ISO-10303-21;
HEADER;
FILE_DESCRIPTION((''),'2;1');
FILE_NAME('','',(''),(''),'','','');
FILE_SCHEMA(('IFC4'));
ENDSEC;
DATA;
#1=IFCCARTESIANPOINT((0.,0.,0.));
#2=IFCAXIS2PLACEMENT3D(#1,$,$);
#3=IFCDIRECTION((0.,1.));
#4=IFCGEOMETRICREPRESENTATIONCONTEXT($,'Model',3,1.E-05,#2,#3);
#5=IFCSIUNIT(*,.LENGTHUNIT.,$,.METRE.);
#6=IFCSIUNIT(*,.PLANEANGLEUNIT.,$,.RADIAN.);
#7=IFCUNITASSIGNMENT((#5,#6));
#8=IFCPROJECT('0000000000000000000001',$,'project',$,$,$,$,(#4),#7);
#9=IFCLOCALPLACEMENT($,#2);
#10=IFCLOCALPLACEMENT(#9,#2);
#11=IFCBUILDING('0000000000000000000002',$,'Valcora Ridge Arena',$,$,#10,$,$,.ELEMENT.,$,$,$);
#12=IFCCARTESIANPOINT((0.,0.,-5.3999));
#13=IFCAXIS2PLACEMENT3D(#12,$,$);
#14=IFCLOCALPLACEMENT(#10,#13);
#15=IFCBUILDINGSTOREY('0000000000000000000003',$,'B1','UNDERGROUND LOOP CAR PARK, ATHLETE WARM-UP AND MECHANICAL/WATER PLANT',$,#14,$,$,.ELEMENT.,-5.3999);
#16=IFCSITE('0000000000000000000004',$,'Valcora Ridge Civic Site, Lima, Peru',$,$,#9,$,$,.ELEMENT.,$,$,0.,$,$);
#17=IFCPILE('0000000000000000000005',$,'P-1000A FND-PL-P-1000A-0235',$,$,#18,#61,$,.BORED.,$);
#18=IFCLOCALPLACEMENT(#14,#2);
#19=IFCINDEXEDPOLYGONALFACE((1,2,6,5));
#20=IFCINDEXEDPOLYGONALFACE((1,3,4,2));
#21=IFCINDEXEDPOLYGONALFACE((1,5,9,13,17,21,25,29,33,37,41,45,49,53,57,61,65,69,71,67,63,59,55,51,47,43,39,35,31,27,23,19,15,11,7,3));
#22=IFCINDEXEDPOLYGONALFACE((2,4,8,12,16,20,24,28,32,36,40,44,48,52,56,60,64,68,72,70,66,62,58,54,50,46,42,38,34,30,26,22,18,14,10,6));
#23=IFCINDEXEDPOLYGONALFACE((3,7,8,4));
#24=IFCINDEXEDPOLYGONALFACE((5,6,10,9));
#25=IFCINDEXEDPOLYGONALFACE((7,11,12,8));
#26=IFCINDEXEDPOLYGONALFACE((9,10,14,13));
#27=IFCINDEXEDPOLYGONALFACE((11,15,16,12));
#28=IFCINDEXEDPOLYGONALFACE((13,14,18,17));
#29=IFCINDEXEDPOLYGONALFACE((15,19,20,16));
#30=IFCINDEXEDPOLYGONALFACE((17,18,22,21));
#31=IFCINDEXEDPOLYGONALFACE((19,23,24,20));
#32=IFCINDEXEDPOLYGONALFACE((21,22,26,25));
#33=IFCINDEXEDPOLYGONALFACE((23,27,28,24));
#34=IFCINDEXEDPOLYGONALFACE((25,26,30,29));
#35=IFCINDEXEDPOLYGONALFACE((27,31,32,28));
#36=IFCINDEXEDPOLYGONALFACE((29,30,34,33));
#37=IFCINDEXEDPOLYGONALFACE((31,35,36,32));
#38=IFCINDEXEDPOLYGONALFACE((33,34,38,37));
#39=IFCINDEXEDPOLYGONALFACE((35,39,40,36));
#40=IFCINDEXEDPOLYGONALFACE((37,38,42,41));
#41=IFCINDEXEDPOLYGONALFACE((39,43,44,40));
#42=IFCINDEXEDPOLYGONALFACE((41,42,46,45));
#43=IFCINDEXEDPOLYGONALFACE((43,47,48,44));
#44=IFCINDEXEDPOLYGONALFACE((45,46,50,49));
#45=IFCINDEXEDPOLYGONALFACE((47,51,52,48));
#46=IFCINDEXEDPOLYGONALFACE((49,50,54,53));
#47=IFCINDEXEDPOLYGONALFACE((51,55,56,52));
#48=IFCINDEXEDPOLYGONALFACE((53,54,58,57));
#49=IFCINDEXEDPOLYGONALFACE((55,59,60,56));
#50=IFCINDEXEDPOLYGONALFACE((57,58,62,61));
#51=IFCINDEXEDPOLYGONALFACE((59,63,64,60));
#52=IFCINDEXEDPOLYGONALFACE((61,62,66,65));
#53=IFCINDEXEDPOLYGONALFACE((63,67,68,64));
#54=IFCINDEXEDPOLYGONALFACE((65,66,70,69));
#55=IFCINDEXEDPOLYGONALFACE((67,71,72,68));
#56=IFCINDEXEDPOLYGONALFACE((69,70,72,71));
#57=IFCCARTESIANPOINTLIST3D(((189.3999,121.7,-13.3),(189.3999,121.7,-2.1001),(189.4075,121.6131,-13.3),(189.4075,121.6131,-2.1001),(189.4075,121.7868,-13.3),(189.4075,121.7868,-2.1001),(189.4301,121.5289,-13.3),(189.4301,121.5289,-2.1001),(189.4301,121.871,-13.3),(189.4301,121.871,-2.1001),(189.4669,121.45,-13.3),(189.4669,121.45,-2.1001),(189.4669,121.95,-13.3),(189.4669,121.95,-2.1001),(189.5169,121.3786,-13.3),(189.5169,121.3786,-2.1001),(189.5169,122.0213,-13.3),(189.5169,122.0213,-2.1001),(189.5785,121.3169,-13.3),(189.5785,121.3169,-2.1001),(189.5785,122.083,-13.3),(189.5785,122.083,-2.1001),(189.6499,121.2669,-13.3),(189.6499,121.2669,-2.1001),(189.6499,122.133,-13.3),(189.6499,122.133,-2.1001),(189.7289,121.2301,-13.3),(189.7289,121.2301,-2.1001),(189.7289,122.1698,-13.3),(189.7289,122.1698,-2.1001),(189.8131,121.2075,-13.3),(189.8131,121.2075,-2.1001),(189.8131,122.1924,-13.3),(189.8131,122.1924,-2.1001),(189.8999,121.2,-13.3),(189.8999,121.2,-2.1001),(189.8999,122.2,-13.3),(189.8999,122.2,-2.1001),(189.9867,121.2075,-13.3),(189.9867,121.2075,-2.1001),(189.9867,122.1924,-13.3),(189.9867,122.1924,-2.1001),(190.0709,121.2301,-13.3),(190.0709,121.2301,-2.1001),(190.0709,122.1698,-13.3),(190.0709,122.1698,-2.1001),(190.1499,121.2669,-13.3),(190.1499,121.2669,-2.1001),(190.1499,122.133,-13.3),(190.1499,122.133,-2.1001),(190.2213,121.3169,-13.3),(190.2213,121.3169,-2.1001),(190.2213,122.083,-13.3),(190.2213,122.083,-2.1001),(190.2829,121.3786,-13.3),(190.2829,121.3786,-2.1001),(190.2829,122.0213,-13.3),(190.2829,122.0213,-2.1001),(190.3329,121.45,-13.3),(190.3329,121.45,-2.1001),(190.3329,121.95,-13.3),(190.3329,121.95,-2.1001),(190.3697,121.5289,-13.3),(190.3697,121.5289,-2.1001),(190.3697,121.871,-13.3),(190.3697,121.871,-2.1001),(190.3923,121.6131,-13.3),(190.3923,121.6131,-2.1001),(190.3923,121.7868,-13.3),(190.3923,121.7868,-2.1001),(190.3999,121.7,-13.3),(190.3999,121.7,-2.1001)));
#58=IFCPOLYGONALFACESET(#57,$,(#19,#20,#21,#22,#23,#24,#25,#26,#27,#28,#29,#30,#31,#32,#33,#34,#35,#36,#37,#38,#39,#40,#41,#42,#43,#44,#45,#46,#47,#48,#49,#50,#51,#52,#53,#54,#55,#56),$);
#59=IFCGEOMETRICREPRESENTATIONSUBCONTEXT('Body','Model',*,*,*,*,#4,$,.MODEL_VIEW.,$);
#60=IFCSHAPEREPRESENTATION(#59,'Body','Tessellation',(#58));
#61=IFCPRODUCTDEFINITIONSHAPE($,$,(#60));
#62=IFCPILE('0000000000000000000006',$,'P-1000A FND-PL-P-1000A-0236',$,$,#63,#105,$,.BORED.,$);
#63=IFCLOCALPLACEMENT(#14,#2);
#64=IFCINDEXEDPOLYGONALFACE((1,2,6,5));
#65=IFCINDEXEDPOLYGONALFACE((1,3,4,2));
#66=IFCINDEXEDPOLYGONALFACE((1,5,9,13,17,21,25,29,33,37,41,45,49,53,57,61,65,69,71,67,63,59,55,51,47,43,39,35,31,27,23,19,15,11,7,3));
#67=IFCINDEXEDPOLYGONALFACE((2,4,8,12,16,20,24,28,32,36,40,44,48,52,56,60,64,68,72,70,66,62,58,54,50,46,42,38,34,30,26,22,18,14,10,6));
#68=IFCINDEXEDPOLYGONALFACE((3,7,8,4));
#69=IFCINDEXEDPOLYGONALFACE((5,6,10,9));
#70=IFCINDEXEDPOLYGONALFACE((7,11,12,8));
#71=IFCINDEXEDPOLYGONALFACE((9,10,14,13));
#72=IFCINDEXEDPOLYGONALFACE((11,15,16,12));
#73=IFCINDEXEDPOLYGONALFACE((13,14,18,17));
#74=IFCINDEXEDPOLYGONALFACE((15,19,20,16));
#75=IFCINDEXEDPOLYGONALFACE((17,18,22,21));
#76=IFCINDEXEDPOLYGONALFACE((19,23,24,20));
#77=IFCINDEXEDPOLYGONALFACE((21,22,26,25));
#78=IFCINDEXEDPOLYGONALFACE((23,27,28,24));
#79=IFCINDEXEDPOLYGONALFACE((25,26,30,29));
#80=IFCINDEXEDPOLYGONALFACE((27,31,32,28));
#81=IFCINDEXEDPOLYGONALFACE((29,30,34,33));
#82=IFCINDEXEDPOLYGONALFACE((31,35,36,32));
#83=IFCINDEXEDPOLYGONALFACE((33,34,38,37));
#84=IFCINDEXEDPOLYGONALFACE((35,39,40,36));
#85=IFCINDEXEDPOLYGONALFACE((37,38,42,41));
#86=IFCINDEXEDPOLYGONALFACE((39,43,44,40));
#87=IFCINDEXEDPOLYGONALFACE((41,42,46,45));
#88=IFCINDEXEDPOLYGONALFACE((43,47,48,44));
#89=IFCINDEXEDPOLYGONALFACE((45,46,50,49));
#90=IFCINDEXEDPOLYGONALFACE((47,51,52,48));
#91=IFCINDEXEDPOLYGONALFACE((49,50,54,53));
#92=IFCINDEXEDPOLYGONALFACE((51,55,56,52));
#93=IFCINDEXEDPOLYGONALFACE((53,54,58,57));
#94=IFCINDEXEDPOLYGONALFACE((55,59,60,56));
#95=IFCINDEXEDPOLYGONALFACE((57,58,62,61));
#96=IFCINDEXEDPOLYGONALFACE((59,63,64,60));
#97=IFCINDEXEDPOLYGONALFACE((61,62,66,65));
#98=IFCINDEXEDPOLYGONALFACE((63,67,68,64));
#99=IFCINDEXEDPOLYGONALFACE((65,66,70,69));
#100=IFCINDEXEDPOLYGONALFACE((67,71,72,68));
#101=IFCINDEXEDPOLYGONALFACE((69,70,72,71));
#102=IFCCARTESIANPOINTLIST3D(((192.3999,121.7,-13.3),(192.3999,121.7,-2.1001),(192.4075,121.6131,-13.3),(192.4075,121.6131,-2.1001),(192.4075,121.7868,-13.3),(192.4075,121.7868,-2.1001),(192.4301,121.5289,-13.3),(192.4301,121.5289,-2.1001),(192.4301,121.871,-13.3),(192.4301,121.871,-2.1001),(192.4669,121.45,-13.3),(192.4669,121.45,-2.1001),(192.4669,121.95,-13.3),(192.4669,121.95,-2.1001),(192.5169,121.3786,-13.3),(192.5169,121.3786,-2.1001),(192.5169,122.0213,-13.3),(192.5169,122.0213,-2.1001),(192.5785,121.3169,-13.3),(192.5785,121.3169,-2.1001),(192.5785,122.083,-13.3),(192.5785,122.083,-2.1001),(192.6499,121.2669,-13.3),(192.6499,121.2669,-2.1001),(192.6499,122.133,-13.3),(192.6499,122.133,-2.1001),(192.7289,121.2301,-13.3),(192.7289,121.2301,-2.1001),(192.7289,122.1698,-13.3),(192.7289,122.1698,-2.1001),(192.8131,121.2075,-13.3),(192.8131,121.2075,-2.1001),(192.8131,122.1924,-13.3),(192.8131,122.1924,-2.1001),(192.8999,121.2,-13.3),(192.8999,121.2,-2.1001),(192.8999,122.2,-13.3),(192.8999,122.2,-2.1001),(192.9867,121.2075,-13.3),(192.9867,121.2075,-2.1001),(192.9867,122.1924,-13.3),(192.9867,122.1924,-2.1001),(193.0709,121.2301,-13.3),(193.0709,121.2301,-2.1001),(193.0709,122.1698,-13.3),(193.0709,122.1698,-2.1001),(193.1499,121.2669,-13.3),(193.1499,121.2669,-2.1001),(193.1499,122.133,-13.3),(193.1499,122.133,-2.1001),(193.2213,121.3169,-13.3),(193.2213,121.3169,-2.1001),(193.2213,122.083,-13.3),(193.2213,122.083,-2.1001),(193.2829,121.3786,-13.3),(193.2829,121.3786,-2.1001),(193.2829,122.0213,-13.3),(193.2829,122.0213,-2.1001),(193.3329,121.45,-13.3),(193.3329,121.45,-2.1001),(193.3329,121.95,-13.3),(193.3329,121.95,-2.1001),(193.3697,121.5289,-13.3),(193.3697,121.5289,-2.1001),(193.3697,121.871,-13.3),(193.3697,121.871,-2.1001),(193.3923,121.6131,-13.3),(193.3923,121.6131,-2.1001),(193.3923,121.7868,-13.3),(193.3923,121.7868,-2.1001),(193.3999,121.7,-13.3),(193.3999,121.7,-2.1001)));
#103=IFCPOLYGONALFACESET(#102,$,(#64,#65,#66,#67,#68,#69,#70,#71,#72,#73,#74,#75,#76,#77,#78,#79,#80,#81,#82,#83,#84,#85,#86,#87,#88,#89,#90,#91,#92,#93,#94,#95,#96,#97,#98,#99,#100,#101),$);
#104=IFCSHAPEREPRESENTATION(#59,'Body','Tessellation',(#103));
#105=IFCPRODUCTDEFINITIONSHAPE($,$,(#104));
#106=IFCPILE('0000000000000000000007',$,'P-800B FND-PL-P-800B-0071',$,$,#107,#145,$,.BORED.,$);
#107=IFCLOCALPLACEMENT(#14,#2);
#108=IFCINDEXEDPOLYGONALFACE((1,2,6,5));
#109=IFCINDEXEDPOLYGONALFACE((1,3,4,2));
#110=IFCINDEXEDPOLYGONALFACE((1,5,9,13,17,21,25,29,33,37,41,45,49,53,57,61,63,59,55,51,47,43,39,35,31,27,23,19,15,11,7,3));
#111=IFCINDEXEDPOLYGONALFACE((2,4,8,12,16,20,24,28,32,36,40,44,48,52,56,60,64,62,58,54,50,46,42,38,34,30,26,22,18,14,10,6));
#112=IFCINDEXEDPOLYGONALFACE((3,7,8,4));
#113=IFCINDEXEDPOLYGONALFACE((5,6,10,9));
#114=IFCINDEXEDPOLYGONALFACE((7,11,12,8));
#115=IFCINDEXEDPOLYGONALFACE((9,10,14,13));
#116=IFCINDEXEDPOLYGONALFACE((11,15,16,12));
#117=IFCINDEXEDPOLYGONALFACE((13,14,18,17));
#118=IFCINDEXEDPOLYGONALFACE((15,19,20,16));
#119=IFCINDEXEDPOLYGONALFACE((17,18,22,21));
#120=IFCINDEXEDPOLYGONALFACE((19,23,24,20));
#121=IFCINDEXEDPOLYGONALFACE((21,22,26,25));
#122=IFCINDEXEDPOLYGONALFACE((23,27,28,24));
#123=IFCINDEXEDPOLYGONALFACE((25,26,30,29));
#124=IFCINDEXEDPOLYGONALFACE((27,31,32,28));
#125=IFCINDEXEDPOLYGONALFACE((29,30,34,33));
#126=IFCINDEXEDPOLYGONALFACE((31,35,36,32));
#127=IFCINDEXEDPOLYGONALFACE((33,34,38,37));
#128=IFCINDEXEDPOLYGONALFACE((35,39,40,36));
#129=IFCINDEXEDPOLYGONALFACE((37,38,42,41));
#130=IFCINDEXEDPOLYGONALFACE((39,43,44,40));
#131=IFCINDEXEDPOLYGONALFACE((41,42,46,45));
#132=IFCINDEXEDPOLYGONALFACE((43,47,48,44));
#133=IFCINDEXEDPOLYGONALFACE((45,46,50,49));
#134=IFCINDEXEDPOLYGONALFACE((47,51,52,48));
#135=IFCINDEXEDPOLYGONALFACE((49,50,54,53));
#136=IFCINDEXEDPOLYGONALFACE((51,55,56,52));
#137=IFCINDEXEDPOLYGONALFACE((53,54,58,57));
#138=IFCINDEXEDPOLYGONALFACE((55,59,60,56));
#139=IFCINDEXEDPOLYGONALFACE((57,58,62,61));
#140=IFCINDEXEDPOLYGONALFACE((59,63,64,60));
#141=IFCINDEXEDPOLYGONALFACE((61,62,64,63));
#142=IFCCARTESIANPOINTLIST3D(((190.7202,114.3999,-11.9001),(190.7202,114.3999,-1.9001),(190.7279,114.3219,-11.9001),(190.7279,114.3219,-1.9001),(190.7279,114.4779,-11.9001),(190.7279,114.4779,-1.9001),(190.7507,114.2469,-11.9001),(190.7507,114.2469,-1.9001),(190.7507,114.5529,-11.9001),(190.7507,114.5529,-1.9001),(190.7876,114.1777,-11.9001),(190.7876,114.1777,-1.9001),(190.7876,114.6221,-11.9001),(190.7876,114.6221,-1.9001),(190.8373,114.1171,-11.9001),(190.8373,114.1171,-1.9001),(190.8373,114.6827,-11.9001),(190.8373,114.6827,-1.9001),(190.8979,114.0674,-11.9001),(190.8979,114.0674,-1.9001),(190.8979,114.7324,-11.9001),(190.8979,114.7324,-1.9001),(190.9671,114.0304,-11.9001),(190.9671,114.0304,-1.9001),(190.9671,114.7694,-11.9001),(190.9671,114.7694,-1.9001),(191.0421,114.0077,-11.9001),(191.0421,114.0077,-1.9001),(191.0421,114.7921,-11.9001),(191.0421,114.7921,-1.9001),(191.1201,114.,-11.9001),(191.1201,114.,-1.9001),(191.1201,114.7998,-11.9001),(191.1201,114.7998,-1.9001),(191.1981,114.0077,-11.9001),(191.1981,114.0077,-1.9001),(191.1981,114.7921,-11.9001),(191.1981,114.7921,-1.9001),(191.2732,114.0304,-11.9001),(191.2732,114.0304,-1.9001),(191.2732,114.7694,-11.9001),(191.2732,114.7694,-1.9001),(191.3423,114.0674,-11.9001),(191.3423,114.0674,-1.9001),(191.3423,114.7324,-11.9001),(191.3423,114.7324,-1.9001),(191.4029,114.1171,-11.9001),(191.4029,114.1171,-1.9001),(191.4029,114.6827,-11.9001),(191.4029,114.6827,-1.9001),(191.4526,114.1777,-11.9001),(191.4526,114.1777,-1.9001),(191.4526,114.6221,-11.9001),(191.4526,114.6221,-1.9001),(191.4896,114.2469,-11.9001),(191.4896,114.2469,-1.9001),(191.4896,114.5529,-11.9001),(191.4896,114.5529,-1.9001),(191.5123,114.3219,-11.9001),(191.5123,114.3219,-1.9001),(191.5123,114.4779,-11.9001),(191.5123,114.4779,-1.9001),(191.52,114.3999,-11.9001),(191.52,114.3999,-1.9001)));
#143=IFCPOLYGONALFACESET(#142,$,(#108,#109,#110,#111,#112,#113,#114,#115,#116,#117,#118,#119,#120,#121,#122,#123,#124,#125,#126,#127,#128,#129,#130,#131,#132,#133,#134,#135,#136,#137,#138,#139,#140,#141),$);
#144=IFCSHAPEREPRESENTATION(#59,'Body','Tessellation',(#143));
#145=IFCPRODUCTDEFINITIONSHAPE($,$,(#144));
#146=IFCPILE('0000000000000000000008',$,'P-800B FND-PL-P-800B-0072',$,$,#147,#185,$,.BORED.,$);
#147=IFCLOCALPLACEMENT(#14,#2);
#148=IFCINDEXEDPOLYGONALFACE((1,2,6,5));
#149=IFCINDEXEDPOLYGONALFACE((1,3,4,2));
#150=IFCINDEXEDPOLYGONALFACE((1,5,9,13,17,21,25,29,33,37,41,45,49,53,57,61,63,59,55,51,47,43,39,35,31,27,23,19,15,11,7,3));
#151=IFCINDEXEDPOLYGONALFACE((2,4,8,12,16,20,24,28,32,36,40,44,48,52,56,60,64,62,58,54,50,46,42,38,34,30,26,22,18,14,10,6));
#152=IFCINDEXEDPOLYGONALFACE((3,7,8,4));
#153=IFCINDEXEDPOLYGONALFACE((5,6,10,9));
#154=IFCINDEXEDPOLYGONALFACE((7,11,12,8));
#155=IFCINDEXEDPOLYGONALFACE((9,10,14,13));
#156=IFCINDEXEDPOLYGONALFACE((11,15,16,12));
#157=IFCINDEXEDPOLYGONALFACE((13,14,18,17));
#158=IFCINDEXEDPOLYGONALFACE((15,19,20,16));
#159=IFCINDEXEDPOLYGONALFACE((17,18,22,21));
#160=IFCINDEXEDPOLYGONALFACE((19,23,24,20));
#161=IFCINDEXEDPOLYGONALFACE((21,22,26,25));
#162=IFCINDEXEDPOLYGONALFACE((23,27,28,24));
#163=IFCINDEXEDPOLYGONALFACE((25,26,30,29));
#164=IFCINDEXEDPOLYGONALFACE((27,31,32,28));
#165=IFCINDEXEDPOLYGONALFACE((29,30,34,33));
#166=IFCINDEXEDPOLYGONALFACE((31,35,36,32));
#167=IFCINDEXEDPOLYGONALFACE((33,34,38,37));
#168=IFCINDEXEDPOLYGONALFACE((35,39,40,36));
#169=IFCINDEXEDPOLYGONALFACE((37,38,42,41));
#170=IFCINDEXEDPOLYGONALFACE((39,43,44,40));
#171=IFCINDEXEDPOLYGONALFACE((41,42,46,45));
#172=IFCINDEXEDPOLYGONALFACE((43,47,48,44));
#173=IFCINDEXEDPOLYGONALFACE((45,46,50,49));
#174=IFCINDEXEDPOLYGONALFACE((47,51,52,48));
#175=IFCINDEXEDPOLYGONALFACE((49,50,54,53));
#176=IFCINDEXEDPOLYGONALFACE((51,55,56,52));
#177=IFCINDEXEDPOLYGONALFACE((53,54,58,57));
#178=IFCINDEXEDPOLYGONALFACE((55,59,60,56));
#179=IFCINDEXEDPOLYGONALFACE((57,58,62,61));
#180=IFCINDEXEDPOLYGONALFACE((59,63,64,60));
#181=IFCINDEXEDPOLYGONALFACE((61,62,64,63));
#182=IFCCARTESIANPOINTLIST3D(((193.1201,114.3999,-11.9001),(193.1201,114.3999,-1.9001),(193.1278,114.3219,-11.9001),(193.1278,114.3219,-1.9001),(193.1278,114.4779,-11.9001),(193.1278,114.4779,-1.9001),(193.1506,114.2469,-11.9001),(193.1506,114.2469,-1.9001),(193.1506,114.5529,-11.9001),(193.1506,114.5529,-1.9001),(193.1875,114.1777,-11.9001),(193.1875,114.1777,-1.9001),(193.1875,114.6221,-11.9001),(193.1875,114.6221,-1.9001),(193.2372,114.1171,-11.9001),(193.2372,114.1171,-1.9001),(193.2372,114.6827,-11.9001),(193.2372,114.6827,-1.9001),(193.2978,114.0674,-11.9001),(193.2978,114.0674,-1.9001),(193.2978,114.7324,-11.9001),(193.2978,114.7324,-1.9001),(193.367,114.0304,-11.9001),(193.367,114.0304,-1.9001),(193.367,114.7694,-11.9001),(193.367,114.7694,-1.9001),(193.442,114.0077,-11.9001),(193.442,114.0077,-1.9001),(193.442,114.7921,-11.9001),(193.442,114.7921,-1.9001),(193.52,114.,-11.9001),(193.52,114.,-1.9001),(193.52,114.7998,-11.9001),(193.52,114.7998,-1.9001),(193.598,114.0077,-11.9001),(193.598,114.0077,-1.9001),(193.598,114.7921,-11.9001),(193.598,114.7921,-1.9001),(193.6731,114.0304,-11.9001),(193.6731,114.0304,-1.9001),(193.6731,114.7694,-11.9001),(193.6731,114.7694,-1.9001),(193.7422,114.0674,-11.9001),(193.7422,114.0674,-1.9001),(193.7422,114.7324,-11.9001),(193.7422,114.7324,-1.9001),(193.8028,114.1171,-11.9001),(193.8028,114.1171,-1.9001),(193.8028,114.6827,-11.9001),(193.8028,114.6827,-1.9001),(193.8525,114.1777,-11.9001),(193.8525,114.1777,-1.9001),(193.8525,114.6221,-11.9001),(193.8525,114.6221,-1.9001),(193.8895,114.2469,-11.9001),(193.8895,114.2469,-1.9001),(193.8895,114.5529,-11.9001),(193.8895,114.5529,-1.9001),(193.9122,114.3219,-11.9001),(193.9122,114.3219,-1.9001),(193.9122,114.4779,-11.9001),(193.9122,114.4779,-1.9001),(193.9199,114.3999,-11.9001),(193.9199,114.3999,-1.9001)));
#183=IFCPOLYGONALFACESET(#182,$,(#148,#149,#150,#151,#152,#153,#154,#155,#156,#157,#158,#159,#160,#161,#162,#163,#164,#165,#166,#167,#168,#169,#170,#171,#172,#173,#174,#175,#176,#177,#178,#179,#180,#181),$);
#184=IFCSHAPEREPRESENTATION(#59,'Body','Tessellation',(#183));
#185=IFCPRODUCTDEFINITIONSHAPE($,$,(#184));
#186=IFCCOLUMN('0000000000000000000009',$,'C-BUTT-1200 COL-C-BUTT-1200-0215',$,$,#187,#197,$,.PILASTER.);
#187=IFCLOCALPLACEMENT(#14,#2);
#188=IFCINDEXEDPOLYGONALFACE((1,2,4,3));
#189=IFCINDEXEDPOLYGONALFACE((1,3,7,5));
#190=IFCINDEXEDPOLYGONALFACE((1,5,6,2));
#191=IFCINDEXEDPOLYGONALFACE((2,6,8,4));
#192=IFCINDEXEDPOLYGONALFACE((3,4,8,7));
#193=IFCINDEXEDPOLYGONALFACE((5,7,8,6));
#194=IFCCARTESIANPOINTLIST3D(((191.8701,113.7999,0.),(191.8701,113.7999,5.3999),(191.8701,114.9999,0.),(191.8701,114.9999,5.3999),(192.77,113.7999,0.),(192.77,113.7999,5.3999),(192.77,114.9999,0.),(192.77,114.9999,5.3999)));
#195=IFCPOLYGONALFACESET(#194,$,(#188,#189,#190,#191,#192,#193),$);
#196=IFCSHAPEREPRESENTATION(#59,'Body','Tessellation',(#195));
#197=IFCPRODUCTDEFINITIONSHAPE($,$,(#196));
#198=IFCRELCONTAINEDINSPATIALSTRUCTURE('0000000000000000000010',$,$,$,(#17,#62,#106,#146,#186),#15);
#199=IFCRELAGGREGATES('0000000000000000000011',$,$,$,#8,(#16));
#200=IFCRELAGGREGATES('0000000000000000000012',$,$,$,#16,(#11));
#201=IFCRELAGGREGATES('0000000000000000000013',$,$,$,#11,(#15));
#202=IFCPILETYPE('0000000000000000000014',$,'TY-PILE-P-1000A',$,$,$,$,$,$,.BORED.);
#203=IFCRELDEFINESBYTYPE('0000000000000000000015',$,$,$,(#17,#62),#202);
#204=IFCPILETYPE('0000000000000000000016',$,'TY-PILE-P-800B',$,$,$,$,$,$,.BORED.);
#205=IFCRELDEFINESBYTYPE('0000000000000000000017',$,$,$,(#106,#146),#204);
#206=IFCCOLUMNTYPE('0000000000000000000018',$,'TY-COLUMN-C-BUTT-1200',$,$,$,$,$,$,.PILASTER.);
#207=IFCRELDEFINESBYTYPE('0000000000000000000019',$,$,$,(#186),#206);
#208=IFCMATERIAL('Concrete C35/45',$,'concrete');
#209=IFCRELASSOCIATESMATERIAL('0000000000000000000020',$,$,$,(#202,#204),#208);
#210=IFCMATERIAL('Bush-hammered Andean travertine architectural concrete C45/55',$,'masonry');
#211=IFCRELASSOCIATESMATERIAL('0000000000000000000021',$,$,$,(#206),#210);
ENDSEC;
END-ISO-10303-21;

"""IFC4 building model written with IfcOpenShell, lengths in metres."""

from ifc_helpers import new_model, si_unit, direction, frame, origin, origin_2d, place, context, subcontext, project, spatial, rectangle, circle, extrude, material, material_profile, profile_set, type_object, element, save


model = new_model("IFC4")

# Units and contexts
model_context = context("Model", 3, precision=1e-05, world=origin(), true_north=direction((0.0, 1.0)))
body_context = subcontext(model_context, "Body", "Model", "MODEL_VIEW")
ifc_project = project(units=[si_unit("LENGTHUNIT", "METRE"), si_unit("PLANEANGLEUNIT", "RADIAN")], contexts=[model_context])

# Site, building, storey
site_placement = place(None, origin())
site = spatial("IfcSite", under=ifc_project, at=site_placement, Name="Valcora Ridge Civic Site, Lima, Peru", CompositionType="ELEMENT", RefElevation=0.0)
building_placement = place(site_placement, origin())
building = spatial("IfcBuilding", under=site, at=building_placement, Name="Valcora Ridge Arena", CompositionType="ELEMENT")
storey_placement = place(building_placement, frame((0.0, 0.0, -5.3999)))
storey = spatial("IfcBuildingStorey", under=building, at=storey_placement, Name="B1", Description="UNDERGROUND LOOP CAR PARK, ATHLETE WARM-UP AND MECHANICAL/WATER PLANT", CompositionType="ELEMENT", Elevation=-5.3999)

# Piles
ifc_material_1 = material(Name="Concrete C35/45", Category="concrete")
ifc_material_profile_1 = material_profile(ifc_material_1, circle(Radius=0.5, at=origin_2d()), Name="BORED PILE D1000")
ifc_profile_set_1 = profile_set([ifc_material_profile_1], Name="Concrete C35/45")
pile_type_1 = type_object("IfcPileType", Name="TY-PILE-P-1000A", PredefinedType="BORED", material=ifc_profile_set_1)
for number, where, z_axis, x_axis, name in (
    (1, (189.8999, 121.7, -2.1001), (0.0, 0.0, -1.0), (1.0, 0.0, 0.0), "P-1000A FND-PL-P-1000A-0235"),
    (2, (192.8999, 121.7, -2.1001), (0.0, 0.0, -1.0), (1.0, 0.0, 0.0), "P-1000A FND-PL-P-1000A-0236"),
):
    element("IfcPile", number, at=place(storey_placement, frame(where, z_axis=z_axis, x_axis=x_axis)), inside=storey, type_object=pile_type_1, Name=name, PredefinedType="BORED", context=body_context, shape_type="SweptSolid", body=[
        extrude(circle(Radius=0.5, at=origin_2d()), origin(), (0.0, 0.0, 1.0), 11.2),
    ])
ifc_material_profile_2 = material_profile(ifc_material_1, circle(Radius=0.3999, at=origin_2d()), Name="BORED PILE D800")
ifc_profile_set_2 = profile_set([ifc_material_profile_2], Name="Concrete C35/45")
pile_type_2 = type_object("IfcPileType", Name="TY-PILE-P-800B", PredefinedType="BORED", material=ifc_profile_set_2)
for number, where, z_axis, x_axis, name in (
    (3, (191.1201, 114.3999, -1.9001), (0.0, 0.0, -1.0), (1.0, 0.0, 0.0), "P-800B FND-PL-P-800B-0071"),
    (4, (193.52, 114.3999, -1.9001), (0.0, 0.0, -1.0), (1.0, 0.0, 0.0), "P-800B FND-PL-P-800B-0072"),
):
    element("IfcPile", number, at=place(storey_placement, frame(where, z_axis=z_axis, x_axis=x_axis)), inside=storey, type_object=pile_type_2, Name=name, PredefinedType="BORED", context=body_context, shape_type="SweptSolid", body=[
        extrude(circle(Radius=0.3999, at=origin_2d()), origin(), (0.0, 0.0, 1.0), 10.0),
    ])

# Column
ifc_material_2 = material(Name="Bush-hammered Andean travertine architectural concrete C45/55", Category="masonry")
ifc_material_profile_3 = material_profile(ifc_material_2, rectangle(XDim=0.8999, YDim=1.2, at=origin_2d()), Name="RC 900x1200")
ifc_profile_set_3 = profile_set([ifc_material_profile_3], Name="Bush-hammered Andean travertine architectural concrete C45/55")
column_type_1 = type_object("IfcColumnType", Name="TY-COLUMN-C-BUTT-1200", PredefinedType="PILASTER", material=ifc_profile_set_3)
for number, where, z_axis, x_axis, name in (
    (5, (192.3201, 114.3999, 0.0), (0.0, 0.0, 1.0), (1.0, 0.0, 0.0), "C-BUTT-1200 COL-C-BUTT-1200-0215"),
):
    element("IfcColumn", number, at=place(storey_placement, frame(where, z_axis=z_axis, x_axis=x_axis)), inside=storey, type_object=column_type_1, Name=name, PredefinedType="PILASTER", context=body_context, shape_type="SweptSolid", body=[
        extrude(rectangle(XDim=0.8999, YDim=1.2, at=origin_2d()), origin(), (0.0, 0.0, 1.0), 5.3999),
    ])

save(model, "model.ifc")
